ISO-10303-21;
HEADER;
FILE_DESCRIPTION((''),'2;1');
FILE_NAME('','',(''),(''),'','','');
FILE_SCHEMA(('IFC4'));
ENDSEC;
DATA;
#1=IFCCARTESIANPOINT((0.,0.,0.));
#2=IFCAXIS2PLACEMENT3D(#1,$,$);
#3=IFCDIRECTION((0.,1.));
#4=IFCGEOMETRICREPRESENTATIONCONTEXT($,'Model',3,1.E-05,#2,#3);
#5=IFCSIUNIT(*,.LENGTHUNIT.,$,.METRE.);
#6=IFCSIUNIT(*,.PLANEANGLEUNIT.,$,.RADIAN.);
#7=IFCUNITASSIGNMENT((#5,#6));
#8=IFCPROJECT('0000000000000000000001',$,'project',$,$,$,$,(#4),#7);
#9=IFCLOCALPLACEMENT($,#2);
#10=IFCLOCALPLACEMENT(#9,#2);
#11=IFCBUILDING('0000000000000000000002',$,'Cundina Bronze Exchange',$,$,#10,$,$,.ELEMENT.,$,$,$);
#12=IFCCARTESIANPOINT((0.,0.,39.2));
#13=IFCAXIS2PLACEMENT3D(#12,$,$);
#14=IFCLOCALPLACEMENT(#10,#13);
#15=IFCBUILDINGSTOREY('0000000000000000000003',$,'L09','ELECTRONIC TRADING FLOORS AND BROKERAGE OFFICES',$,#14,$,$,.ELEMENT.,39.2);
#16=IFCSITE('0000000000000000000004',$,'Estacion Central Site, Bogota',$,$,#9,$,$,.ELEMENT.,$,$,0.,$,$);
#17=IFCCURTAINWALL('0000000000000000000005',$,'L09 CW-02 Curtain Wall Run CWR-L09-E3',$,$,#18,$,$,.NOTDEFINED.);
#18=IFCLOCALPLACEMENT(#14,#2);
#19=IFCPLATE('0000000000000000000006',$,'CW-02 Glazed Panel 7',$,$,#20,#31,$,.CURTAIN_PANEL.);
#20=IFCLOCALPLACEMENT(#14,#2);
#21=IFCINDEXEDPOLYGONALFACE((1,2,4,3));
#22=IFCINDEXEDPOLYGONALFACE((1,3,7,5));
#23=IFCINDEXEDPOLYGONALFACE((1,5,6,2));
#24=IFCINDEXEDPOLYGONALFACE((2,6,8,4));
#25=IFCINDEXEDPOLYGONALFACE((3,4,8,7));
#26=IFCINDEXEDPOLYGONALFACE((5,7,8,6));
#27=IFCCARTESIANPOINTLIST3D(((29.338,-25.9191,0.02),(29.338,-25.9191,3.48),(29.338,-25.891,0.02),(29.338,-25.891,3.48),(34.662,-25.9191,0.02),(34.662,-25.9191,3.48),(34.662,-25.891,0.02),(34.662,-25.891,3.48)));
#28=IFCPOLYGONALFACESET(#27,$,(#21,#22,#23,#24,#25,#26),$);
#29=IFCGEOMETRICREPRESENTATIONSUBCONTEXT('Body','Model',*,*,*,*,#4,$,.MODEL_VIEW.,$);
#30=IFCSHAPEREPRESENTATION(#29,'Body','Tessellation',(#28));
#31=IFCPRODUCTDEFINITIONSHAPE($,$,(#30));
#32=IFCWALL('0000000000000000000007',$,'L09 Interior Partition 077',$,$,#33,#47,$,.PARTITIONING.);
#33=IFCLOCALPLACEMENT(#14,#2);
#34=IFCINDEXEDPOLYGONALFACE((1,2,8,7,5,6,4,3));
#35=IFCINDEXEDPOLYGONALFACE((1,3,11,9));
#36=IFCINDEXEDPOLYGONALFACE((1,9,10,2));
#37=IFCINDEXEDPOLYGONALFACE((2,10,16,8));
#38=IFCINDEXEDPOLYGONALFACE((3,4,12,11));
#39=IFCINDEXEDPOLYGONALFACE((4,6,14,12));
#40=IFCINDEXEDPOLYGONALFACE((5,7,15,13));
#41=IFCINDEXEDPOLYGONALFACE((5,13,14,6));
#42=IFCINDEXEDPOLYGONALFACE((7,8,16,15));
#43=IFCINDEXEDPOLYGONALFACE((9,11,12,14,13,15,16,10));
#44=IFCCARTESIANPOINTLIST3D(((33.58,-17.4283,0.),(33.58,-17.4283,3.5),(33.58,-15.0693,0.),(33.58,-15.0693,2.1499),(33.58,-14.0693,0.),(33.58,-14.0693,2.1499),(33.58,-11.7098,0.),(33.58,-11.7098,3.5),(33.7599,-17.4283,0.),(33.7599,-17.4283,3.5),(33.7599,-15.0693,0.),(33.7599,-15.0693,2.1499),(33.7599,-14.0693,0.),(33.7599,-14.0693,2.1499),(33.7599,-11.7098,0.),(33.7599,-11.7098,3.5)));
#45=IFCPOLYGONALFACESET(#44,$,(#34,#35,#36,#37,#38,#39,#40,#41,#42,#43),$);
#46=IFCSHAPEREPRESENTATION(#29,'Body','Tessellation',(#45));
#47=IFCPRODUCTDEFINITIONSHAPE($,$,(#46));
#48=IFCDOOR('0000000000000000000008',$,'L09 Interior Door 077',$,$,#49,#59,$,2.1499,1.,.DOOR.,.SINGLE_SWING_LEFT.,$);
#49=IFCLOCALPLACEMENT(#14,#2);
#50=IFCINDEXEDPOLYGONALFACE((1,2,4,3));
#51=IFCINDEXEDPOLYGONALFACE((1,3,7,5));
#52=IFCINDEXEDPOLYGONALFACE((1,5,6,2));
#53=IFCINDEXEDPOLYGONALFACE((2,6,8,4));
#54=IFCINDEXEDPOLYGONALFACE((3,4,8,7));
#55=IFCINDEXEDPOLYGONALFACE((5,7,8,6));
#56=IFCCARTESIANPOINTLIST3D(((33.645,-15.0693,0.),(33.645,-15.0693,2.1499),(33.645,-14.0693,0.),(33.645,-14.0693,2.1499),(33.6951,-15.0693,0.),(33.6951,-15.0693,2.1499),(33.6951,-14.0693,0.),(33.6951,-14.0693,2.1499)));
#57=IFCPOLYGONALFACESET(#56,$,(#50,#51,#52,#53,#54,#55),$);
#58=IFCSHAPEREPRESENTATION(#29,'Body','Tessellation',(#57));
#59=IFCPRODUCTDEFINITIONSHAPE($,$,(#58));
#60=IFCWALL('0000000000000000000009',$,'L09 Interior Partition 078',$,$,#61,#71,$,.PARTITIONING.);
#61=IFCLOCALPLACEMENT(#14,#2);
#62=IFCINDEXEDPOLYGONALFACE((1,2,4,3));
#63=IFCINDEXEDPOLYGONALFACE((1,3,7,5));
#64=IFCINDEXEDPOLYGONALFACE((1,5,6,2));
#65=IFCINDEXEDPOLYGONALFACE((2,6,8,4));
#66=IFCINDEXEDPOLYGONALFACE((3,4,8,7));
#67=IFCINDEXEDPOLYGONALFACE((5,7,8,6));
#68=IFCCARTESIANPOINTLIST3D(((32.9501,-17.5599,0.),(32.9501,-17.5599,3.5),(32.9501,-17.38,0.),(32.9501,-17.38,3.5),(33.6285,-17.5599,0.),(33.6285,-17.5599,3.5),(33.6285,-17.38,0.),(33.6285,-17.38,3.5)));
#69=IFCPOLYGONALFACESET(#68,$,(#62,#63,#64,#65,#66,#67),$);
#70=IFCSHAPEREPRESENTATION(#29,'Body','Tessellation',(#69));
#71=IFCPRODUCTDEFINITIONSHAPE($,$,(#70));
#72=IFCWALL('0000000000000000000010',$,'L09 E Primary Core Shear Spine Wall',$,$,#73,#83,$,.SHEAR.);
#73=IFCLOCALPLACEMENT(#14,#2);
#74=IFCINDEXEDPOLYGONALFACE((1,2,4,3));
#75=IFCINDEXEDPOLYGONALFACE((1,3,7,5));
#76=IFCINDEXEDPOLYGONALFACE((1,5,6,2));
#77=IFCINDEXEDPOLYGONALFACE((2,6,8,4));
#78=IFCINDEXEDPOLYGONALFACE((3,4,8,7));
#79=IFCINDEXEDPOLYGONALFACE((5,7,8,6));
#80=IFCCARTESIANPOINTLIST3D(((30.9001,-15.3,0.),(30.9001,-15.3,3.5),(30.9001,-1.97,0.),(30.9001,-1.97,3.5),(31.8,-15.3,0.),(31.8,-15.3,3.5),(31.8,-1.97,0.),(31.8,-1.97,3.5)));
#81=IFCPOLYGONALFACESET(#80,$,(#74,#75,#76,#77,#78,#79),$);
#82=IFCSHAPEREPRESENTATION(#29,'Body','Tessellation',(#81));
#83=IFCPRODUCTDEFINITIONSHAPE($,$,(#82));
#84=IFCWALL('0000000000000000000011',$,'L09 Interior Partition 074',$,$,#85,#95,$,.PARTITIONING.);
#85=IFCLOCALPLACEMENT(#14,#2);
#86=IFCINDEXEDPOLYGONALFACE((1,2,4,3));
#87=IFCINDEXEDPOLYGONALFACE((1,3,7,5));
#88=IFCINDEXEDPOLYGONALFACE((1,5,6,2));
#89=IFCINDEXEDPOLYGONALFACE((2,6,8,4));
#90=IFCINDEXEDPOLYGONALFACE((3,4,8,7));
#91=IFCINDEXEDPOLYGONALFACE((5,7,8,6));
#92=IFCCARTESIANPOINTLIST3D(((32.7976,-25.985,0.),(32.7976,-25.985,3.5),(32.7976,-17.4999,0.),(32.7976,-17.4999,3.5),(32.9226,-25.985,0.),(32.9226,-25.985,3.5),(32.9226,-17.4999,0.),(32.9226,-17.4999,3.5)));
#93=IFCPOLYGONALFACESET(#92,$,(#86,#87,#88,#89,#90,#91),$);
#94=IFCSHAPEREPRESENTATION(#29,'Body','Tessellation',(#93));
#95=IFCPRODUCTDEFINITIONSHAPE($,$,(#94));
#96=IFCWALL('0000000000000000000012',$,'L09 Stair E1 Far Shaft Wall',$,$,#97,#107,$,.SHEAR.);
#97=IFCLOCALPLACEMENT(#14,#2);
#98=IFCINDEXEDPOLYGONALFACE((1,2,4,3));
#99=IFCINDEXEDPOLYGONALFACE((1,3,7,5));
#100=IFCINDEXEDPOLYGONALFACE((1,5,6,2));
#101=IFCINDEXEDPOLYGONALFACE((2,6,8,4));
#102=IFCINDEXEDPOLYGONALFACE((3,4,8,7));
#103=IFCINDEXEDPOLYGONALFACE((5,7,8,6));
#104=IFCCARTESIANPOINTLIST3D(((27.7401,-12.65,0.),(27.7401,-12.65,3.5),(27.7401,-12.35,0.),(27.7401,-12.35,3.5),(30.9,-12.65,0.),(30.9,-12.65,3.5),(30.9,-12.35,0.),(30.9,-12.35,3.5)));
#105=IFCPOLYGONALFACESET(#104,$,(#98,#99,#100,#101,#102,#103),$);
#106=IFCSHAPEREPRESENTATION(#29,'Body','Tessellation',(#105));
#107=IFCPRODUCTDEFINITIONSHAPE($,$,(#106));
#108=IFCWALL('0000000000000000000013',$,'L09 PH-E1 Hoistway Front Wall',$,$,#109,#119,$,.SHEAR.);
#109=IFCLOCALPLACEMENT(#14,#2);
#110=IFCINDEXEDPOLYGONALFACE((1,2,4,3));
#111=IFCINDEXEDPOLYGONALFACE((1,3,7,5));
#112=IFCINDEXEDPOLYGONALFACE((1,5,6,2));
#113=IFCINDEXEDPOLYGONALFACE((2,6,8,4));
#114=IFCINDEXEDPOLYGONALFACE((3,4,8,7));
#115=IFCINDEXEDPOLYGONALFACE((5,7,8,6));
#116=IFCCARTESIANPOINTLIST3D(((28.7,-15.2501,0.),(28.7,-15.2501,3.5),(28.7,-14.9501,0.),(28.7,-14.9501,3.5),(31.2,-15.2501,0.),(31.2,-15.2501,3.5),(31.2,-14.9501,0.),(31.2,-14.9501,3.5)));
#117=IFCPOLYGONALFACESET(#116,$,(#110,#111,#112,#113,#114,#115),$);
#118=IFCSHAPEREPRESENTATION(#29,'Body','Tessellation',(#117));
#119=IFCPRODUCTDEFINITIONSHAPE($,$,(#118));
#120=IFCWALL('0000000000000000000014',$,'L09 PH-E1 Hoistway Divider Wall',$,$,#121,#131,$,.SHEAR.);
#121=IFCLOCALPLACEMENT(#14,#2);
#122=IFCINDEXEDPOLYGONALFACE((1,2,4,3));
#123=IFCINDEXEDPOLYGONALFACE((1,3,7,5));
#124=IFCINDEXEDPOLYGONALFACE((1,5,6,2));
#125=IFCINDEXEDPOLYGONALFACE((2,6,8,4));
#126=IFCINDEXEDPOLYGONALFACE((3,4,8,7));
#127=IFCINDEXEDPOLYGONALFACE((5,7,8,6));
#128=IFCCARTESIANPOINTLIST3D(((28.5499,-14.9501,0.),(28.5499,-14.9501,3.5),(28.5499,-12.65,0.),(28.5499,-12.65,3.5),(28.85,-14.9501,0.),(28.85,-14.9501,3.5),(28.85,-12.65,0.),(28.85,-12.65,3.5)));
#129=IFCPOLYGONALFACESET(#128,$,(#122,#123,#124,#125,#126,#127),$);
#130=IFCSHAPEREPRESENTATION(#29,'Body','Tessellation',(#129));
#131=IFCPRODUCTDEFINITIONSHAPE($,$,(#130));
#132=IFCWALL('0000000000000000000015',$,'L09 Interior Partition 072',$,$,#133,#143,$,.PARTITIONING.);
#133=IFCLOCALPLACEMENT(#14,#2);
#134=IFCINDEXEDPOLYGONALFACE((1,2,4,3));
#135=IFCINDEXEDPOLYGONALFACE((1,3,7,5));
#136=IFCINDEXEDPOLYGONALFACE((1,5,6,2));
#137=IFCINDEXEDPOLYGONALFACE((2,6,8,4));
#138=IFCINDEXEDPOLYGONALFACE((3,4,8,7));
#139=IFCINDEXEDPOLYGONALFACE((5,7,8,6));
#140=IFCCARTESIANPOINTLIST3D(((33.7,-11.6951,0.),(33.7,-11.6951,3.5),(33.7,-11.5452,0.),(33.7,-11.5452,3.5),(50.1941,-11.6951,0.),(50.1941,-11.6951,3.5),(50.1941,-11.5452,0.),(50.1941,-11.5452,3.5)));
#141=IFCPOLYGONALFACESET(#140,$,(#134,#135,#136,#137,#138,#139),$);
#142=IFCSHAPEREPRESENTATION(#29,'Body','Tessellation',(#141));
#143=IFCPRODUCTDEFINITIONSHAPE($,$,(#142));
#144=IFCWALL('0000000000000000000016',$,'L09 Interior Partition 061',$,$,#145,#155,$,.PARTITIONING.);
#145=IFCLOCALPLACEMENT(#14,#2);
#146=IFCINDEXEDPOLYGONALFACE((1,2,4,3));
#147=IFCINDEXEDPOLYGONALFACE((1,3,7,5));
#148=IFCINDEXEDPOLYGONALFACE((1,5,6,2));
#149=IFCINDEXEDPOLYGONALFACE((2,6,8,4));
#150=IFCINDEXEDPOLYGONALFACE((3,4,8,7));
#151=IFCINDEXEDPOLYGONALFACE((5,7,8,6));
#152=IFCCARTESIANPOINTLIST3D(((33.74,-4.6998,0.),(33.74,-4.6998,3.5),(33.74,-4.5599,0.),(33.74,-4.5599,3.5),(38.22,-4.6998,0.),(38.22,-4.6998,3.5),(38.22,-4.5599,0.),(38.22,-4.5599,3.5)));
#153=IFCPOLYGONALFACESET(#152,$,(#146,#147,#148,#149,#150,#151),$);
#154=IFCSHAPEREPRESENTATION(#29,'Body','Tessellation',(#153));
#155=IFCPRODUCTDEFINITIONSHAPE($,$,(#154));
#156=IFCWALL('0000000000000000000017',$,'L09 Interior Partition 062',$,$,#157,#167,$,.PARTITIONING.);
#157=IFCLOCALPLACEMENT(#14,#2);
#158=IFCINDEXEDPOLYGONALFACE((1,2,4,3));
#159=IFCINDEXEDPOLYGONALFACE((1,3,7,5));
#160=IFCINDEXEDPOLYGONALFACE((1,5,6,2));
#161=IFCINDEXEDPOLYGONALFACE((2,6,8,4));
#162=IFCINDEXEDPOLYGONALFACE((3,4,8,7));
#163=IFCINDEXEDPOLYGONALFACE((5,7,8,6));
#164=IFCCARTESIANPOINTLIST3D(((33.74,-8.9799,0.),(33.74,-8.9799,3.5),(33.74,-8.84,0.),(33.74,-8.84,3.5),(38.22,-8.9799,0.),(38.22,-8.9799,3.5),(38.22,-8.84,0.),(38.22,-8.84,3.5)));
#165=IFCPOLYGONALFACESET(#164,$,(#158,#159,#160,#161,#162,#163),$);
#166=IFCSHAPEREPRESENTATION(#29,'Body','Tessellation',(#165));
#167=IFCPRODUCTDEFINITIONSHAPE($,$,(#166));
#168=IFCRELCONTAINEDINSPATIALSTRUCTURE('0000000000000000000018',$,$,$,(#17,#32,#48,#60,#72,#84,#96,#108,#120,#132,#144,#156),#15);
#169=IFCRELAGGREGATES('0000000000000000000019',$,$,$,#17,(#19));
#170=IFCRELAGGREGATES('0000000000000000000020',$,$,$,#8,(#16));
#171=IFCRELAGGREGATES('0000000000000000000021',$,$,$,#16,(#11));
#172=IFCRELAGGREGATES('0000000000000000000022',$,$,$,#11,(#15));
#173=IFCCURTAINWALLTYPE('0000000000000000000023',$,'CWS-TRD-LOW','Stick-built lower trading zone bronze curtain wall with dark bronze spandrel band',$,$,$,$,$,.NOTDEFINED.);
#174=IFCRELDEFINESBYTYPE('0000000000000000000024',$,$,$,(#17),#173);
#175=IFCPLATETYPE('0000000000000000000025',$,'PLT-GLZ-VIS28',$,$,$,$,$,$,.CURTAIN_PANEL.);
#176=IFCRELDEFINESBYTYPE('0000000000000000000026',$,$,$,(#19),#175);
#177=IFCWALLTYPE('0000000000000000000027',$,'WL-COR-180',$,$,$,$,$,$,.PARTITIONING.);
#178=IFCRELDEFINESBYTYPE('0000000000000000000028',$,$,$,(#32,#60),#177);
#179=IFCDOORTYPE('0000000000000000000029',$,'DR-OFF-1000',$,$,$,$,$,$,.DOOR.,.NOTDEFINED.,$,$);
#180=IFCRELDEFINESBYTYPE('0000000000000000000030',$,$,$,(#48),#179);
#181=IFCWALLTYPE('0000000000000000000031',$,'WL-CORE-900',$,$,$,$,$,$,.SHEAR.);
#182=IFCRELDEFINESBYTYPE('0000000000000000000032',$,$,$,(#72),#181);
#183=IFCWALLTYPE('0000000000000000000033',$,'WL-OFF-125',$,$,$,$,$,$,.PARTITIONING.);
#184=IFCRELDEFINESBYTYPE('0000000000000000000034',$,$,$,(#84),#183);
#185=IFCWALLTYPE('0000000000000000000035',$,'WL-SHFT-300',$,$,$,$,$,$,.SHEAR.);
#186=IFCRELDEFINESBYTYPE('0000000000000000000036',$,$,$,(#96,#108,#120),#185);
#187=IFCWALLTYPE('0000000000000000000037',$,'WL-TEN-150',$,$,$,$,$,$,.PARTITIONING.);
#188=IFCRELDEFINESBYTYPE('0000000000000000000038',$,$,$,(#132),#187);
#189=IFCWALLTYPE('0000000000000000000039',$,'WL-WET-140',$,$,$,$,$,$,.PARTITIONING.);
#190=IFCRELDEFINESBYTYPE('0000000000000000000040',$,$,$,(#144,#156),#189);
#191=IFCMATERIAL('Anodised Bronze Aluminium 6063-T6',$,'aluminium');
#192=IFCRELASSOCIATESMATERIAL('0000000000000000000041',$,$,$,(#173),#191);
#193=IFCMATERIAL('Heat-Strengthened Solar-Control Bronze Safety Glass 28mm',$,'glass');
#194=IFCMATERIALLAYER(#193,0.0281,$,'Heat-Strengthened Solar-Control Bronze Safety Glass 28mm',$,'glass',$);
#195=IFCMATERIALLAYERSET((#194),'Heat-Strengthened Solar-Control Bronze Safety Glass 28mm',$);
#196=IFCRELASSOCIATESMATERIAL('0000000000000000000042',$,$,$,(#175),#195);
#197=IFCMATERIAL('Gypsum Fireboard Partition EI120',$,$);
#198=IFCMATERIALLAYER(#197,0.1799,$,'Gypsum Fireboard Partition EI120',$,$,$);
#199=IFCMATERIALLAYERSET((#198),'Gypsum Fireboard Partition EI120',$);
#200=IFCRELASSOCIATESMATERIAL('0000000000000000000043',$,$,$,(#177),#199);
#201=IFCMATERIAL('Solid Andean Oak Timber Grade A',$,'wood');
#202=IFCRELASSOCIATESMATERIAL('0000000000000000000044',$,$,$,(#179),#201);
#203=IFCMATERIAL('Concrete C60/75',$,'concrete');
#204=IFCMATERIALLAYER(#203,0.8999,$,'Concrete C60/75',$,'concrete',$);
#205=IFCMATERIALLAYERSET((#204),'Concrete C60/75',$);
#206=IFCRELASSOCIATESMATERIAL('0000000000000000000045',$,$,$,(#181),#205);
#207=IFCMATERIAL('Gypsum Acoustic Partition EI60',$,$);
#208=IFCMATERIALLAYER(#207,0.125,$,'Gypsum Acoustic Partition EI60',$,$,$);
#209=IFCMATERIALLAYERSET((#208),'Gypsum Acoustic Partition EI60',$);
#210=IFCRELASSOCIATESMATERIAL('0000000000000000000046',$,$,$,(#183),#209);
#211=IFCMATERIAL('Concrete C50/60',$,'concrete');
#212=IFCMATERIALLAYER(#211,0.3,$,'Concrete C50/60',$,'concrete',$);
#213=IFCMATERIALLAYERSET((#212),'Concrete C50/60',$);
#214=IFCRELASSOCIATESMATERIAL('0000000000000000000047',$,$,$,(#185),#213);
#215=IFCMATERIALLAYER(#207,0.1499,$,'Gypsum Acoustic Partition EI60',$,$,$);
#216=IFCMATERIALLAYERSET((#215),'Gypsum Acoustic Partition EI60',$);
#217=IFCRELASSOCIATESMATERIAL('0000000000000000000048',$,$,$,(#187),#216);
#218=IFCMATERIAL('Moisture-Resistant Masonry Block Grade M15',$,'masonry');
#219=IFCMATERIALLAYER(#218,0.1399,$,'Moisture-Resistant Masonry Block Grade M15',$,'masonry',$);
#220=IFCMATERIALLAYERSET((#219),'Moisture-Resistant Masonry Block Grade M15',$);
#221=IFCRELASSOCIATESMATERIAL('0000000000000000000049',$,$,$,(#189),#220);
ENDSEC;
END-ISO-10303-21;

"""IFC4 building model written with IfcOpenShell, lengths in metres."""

from ifc_helpers import new_model, si_unit, direction, frame, frame_2d, origin, origin_2d, place, context, subcontext, project, spatial, rectangle, extrude, material, layer, layer_set, type_object, element, fill, aggregate, save


model = new_model("IFC4")

# Units and contexts
model_context = context("Model", 3, precision=1e-05, world=origin(), true_north=direction((0.0, 1.0)))
body_context = subcontext(model_context, "Body", "Model", "MODEL_VIEW")
ifc_project = project(units=[si_unit("LENGTHUNIT", "METRE"), si_unit("PLANEANGLEUNIT", "RADIAN")], contexts=[model_context])

# Site, building, storey
site_placement = place(None, origin())
site = spatial("IfcSite", under=ifc_project, at=site_placement, Name="Estacion Central Site, Bogota", CompositionType="ELEMENT", RefElevation=0.0)
building_placement = place(site_placement, origin())
building = spatial("IfcBuilding", under=site, at=building_placement, Name="Cundina Bronze Exchange", CompositionType="ELEMENT")
storey_placement = place(building_placement, frame((0.0, 0.0, 39.2)))
storey = spatial("IfcBuildingStorey", under=building, at=storey_placement, Name="L09", Description="ELECTRONIC TRADING FLOORS AND BROKERAGE OFFICES", CompositionType="ELEMENT", Elevation=39.2)

# Shared definitions
ifc_material_1 = material(Name="Concrete C60/75", Category="concrete")

# Curtain wall, plate
ifc_material_2 = material(Name="Anodised Bronze Aluminium 6063-T6", Category="aluminium")
curtain_wall_type = type_object("IfcCurtainWallType", Name="CWS-TRD-LOW", Description="Stick-built lower trading zone bronze curtain wall with dark bronze spandrel band", PredefinedType="NOTDEFINED", material=ifc_material_2)
curtain_wall_placement = place(storey_placement, origin())
curtain_wall = element("IfcCurtainWall", 1, at=curtain_wall_placement, inside=storey, type_object=curtain_wall_type, Name="L09 CW-02 Curtain Wall Run CWR-L09-E3", PredefinedType="NOTDEFINED")
ifc_material_3 = material(Name="Heat-Strengthened Solar-Control Bronze Safety Glass 28mm", Category="glass")
ifc_layer_1 = layer(ifc_material_3, 0.0281, Name="Heat-Strengthened Solar-Control Bronze Safety Glass 28mm", Category="glass")
ifc_layer_set_1 = layer_set([ifc_layer_1], Name="Heat-Strengthened Solar-Control Bronze Safety Glass 28mm")
plate_type = type_object("IfcPlateType", Name="PLT-GLZ-VIS28", PredefinedType="CURTAIN_PANEL", material=ifc_layer_set_1)
plate_placement = place(storey_placement, frame((32.0, -25.905, 0.02), z_axis=(0.0, 0.0, 1.0), x_axis=(1.0, 0.0, 0.0)))
plate = element("IfcPlate", 2, at=plate_placement, type_object=plate_type, Name="CW-02 Glazed Panel 7", PredefinedType="CURTAIN_PANEL", context=body_context, shape_type="SweptSolid", body=[
    extrude(rectangle(XDim=5.324, YDim=0.0281, at=origin_2d()), origin(), (0.0, 0.0, 1.0), 3.46),
])
aggregate(curtain_wall, [plate])

# Wall, opening, door
ifc_material_4 = material(Name="Gypsum Fireboard Partition EI120")
ifc_layer_2 = layer(ifc_material_4, 0.1799, Name="Gypsum Fireboard Partition EI120")
ifc_layer_set_2 = layer_set([ifc_layer_2], Name="Gypsum Fireboard Partition EI120")
wall_type_1 = type_object("IfcWallType", Name="WL-COR-180", PredefinedType="PARTITIONING", material=ifc_layer_set_2)
ifc_material_5 = material(Name="Solid Andean Oak Timber Grade A", Category="wood")
door_type = type_object("IfcDoorType", Name="DR-OFF-1000", OperationType="NOTDEFINED", PredefinedType="DOOR", material=ifc_material_5)
wall_1_placement = place(storey_placement, frame((33.6699, -17.4285, 0.0), z_axis=(0.0, 0.0, 1.0), x_axis=(0.0, 1.0, 0.0)))
wall_1 = element("IfcWall", 3, at=wall_1_placement, inside=storey, type_object=wall_type_1, Name="L09 Interior Partition 077", PredefinedType="PARTITIONING", context=body_context, shape_type="SweptSolid", body=[
    extrude(rectangle(XDim=5.7185, YDim=0.1799, at=frame_2d((2.8594, 0.0))), origin(), (0.0, 0.0, 1.0), 3.5),
])
opening_1_placement = place(wall_1_placement, frame((2.3591, 0.0, 0.0)))
opening_1 = element("IfcOpeningElement", 4, at=opening_1_placement, cuts=wall_1, PredefinedType="OPENING", context=body_context, shape_type="SweptSolid", body=[
    extrude(rectangle(XDim=1.0, YDim=2.1499, at=frame_2d((0.5, 1.075))), frame((0.0, 0.0999, 0.0), z_axis=(0.0, -1.0, 0.0), x_axis=(1.0, 0.0, 0.0)), (0.0, 0.0, 1.0), 0.2),
])
door_1_placement = place(opening_1_placement, origin())
door_1 = element("IfcDoor", 5, at=door_1_placement, inside=storey, type_object=door_type, Name="L09 Interior Door 077", OperationType="SINGLE_SWING_LEFT", OverallHeight=2.1499, OverallWidth=1.0, PredefinedType="DOOR", context=body_context, shape_type="SweptSolid", body=[
    extrude(rectangle(XDim=1.0, YDim=2.1499, at=frame_2d((0.5, 1.075))), frame((0.0, 0.0249, 0.0), z_axis=(0.0, -1.0, 0.0), x_axis=(1.0, 0.0, 0.0)), (0.0, 0.0, 1.0), 0.05),
])
fill(opening_1, door_1)

# Wall
wall_2_placement = place(storey_placement, frame((32.95, -17.47, 0.0), z_axis=(0.0, 0.0, 1.0), x_axis=(1.0, 0.0, 0.0)))
element("IfcWall", 6, at=wall_2_placement, inside=storey, type_object=wall_type_1, Name="L09 Interior Partition 078", PredefinedType="PARTITIONING", context=body_context, shape_type="SweptSolid", body=[
    extrude(rectangle(XDim=0.6785, YDim=0.1799, at=frame_2d((0.3394, 0.0))), origin(), (0.0, 0.0, 1.0), 3.5),
])

# Walls
ifc_layer_3 = layer(ifc_material_1, 0.8999, Name="Concrete C60/75", Category="concrete")
ifc_layer_set_3 = layer_set([ifc_layer_3], Name="Concrete C60/75")
wall_type_2 = type_object("IfcWallType", Name="WL-CORE-900", PredefinedType="SHEAR", material=ifc_layer_set_3)
wall_3_placement = place(storey_placement, frame((31.3501, -15.3, 0.0), z_axis=(0.0, 0.0, 1.0), x_axis=(0.0, 1.0, 0.0)))
element("IfcWall", 7, at=wall_3_placement, inside=storey, type_object=wall_type_2, Name="L09 E Primary Core Shear Spine Wall", PredefinedType="SHEAR", context=body_context, shape_type="SweptSolid", body=[
    extrude(rectangle(XDim=13.3301, YDim=0.8999, at=frame_2d((6.665, 0.0))), origin(), (0.0, 0.0, 1.0), 3.5),
])
ifc_material_6 = material(Name="Gypsum Acoustic Partition EI60")
ifc_layer_4 = layer(ifc_material_6, 0.125, Name="Gypsum Acoustic Partition EI60")
ifc_layer_set_4 = layer_set([ifc_layer_4], Name="Gypsum Acoustic Partition EI60")
wall_type_3 = type_object("IfcWallType", Name="WL-OFF-125", PredefinedType="PARTITIONING", material=ifc_layer_set_4)
wall_4_placement = place(storey_placement, frame((32.8601, -25.9851, 0.0), z_axis=(0.0, 0.0, 1.0), x_axis=(0.0, 1.0, 0.0)))
element("IfcWall", 8, at=wall_4_placement, inside=storey, type_object=wall_type_3, Name="L09 Interior Partition 074", PredefinedType="PARTITIONING", context=body_context, shape_type="SweptSolid", body=[
    extrude(rectangle(XDim=8.4851, YDim=0.125, at=frame_2d((4.2427, 0.0))), origin(), (0.0, 0.0, 1.0), 3.5),
])
ifc_material_7 = material(Name="Concrete C50/60", Category="concrete")
ifc_layer_5 = layer(ifc_material_7, 0.3, Name="Concrete C50/60", Category="concrete")
ifc_layer_set_5 = layer_set([ifc_layer_5], Name="Concrete C50/60")
wall_type_4 = type_object("IfcWallType", Name="WL-SHFT-300", PredefinedType="SHEAR", material=ifc_layer_set_5)
wall_5_placement = place(storey_placement, frame((27.74, -12.5, 0.0), z_axis=(0.0, 0.0, 1.0), x_axis=(1.0, 0.0, 0.0)))
element("IfcWall", 9, at=wall_5_placement, inside=storey, type_object=wall_type_4, Name="L09 Stair E1 Far Shaft Wall", PredefinedType="SHEAR", context=body_context, shape_type="SweptSolid", body=[
    extrude(rectangle(XDim=3.1599, YDim=0.3, at=frame_2d((1.5801, 0.0))), origin(), (0.0, 0.0, 1.0), 3.5),
])
wall_6_placement = place(storey_placement, frame((28.7, -15.1001, 0.0), z_axis=(0.0, 0.0, 1.0), x_axis=(1.0, 0.0, 0.0)))
element("IfcWall", 10, at=wall_6_placement, inside=storey, type_object=wall_type_4, Name="L09 PH-E1 Hoistway Front Wall", PredefinedType="SHEAR", context=body_context, shape_type="SweptSolid", body=[
    extrude(rectangle(XDim=2.5, YDim=0.3, at=frame_2d((1.25, 0.0))), origin(), (0.0, 0.0, 1.0), 3.5),
])
wall_7_placement = place(storey_placement, frame((28.7, -14.95, 0.0), z_axis=(0.0, 0.0, 1.0), x_axis=(0.0, 1.0, 0.0)))
element("IfcWall", 11, at=wall_7_placement, inside=storey, type_object=wall_type_4, Name="L09 PH-E1 Hoistway Divider Wall", PredefinedType="SHEAR", context=body_context, shape_type="SweptSolid", body=[
    extrude(rectangle(XDim=2.3, YDim=0.3, at=frame_2d((1.1499, 0.0))), origin(), (0.0, 0.0, 1.0), 3.5),
])
ifc_layer_6 = layer(ifc_material_6, 0.1499, Name="Gypsum Acoustic Partition EI60")
ifc_layer_set_6 = layer_set([ifc_layer_6], Name="Gypsum Acoustic Partition EI60")
wall_type_5 = type_object("IfcWallType", Name="WL-TEN-150", PredefinedType="PARTITIONING", material=ifc_layer_set_6)
wall_8_placement = place(storey_placement, frame((33.7, -11.6201, 0.0), z_axis=(0.0, 0.0, 1.0), x_axis=(1.0, 0.0, 0.0)))
element("IfcWall", 12, at=wall_8_placement, inside=storey, type_object=wall_type_5, Name="L09 Interior Partition 072", PredefinedType="PARTITIONING", context=body_context, shape_type="SweptSolid", body=[
    extrude(rectangle(XDim=16.4941, YDim=0.1499, at=frame_2d((8.2471, 0.0))), origin(), (0.0, 0.0, 1.0), 3.5),
])
ifc_material_8 = material(Name="Moisture-Resistant Masonry Block Grade M15", Category="masonry")
ifc_layer_7 = layer(ifc_material_8, 0.1399, Name="Moisture-Resistant Masonry Block Grade M15", Category="masonry")
ifc_layer_set_7 = layer_set([ifc_layer_7], Name="Moisture-Resistant Masonry Block Grade M15")
wall_type_6 = type_object("IfcWallType", Name="WL-WET-140", PredefinedType="PARTITIONING", material=ifc_layer_set_7)
for number, where, z_axis, x_axis, name in (
    (13, (33.74, -4.6299, 0.0), (0.0, 0.0, 1.0), (1.0, 0.0, 0.0), "L09 Interior Partition 061"),
    (14, (33.74, -8.9099, 0.0), (0.0, 0.0, 1.0), (1.0, 0.0, 0.0), "L09 Interior Partition 062"),
):
    element("IfcWall", number, at=place(storey_placement, frame(where, z_axis=z_axis, x_axis=x_axis)), inside=storey, type_object=wall_type_6, Name=name, PredefinedType="PARTITIONING", context=body_context, shape_type="SweptSolid", body=[
        extrude(rectangle(XDim=4.48, YDim=0.1399, at=frame_2d((2.24, 0.0))), origin(), (0.0, 0.0, 1.0), 3.5),
    ])

save(model, "model.ifc")
